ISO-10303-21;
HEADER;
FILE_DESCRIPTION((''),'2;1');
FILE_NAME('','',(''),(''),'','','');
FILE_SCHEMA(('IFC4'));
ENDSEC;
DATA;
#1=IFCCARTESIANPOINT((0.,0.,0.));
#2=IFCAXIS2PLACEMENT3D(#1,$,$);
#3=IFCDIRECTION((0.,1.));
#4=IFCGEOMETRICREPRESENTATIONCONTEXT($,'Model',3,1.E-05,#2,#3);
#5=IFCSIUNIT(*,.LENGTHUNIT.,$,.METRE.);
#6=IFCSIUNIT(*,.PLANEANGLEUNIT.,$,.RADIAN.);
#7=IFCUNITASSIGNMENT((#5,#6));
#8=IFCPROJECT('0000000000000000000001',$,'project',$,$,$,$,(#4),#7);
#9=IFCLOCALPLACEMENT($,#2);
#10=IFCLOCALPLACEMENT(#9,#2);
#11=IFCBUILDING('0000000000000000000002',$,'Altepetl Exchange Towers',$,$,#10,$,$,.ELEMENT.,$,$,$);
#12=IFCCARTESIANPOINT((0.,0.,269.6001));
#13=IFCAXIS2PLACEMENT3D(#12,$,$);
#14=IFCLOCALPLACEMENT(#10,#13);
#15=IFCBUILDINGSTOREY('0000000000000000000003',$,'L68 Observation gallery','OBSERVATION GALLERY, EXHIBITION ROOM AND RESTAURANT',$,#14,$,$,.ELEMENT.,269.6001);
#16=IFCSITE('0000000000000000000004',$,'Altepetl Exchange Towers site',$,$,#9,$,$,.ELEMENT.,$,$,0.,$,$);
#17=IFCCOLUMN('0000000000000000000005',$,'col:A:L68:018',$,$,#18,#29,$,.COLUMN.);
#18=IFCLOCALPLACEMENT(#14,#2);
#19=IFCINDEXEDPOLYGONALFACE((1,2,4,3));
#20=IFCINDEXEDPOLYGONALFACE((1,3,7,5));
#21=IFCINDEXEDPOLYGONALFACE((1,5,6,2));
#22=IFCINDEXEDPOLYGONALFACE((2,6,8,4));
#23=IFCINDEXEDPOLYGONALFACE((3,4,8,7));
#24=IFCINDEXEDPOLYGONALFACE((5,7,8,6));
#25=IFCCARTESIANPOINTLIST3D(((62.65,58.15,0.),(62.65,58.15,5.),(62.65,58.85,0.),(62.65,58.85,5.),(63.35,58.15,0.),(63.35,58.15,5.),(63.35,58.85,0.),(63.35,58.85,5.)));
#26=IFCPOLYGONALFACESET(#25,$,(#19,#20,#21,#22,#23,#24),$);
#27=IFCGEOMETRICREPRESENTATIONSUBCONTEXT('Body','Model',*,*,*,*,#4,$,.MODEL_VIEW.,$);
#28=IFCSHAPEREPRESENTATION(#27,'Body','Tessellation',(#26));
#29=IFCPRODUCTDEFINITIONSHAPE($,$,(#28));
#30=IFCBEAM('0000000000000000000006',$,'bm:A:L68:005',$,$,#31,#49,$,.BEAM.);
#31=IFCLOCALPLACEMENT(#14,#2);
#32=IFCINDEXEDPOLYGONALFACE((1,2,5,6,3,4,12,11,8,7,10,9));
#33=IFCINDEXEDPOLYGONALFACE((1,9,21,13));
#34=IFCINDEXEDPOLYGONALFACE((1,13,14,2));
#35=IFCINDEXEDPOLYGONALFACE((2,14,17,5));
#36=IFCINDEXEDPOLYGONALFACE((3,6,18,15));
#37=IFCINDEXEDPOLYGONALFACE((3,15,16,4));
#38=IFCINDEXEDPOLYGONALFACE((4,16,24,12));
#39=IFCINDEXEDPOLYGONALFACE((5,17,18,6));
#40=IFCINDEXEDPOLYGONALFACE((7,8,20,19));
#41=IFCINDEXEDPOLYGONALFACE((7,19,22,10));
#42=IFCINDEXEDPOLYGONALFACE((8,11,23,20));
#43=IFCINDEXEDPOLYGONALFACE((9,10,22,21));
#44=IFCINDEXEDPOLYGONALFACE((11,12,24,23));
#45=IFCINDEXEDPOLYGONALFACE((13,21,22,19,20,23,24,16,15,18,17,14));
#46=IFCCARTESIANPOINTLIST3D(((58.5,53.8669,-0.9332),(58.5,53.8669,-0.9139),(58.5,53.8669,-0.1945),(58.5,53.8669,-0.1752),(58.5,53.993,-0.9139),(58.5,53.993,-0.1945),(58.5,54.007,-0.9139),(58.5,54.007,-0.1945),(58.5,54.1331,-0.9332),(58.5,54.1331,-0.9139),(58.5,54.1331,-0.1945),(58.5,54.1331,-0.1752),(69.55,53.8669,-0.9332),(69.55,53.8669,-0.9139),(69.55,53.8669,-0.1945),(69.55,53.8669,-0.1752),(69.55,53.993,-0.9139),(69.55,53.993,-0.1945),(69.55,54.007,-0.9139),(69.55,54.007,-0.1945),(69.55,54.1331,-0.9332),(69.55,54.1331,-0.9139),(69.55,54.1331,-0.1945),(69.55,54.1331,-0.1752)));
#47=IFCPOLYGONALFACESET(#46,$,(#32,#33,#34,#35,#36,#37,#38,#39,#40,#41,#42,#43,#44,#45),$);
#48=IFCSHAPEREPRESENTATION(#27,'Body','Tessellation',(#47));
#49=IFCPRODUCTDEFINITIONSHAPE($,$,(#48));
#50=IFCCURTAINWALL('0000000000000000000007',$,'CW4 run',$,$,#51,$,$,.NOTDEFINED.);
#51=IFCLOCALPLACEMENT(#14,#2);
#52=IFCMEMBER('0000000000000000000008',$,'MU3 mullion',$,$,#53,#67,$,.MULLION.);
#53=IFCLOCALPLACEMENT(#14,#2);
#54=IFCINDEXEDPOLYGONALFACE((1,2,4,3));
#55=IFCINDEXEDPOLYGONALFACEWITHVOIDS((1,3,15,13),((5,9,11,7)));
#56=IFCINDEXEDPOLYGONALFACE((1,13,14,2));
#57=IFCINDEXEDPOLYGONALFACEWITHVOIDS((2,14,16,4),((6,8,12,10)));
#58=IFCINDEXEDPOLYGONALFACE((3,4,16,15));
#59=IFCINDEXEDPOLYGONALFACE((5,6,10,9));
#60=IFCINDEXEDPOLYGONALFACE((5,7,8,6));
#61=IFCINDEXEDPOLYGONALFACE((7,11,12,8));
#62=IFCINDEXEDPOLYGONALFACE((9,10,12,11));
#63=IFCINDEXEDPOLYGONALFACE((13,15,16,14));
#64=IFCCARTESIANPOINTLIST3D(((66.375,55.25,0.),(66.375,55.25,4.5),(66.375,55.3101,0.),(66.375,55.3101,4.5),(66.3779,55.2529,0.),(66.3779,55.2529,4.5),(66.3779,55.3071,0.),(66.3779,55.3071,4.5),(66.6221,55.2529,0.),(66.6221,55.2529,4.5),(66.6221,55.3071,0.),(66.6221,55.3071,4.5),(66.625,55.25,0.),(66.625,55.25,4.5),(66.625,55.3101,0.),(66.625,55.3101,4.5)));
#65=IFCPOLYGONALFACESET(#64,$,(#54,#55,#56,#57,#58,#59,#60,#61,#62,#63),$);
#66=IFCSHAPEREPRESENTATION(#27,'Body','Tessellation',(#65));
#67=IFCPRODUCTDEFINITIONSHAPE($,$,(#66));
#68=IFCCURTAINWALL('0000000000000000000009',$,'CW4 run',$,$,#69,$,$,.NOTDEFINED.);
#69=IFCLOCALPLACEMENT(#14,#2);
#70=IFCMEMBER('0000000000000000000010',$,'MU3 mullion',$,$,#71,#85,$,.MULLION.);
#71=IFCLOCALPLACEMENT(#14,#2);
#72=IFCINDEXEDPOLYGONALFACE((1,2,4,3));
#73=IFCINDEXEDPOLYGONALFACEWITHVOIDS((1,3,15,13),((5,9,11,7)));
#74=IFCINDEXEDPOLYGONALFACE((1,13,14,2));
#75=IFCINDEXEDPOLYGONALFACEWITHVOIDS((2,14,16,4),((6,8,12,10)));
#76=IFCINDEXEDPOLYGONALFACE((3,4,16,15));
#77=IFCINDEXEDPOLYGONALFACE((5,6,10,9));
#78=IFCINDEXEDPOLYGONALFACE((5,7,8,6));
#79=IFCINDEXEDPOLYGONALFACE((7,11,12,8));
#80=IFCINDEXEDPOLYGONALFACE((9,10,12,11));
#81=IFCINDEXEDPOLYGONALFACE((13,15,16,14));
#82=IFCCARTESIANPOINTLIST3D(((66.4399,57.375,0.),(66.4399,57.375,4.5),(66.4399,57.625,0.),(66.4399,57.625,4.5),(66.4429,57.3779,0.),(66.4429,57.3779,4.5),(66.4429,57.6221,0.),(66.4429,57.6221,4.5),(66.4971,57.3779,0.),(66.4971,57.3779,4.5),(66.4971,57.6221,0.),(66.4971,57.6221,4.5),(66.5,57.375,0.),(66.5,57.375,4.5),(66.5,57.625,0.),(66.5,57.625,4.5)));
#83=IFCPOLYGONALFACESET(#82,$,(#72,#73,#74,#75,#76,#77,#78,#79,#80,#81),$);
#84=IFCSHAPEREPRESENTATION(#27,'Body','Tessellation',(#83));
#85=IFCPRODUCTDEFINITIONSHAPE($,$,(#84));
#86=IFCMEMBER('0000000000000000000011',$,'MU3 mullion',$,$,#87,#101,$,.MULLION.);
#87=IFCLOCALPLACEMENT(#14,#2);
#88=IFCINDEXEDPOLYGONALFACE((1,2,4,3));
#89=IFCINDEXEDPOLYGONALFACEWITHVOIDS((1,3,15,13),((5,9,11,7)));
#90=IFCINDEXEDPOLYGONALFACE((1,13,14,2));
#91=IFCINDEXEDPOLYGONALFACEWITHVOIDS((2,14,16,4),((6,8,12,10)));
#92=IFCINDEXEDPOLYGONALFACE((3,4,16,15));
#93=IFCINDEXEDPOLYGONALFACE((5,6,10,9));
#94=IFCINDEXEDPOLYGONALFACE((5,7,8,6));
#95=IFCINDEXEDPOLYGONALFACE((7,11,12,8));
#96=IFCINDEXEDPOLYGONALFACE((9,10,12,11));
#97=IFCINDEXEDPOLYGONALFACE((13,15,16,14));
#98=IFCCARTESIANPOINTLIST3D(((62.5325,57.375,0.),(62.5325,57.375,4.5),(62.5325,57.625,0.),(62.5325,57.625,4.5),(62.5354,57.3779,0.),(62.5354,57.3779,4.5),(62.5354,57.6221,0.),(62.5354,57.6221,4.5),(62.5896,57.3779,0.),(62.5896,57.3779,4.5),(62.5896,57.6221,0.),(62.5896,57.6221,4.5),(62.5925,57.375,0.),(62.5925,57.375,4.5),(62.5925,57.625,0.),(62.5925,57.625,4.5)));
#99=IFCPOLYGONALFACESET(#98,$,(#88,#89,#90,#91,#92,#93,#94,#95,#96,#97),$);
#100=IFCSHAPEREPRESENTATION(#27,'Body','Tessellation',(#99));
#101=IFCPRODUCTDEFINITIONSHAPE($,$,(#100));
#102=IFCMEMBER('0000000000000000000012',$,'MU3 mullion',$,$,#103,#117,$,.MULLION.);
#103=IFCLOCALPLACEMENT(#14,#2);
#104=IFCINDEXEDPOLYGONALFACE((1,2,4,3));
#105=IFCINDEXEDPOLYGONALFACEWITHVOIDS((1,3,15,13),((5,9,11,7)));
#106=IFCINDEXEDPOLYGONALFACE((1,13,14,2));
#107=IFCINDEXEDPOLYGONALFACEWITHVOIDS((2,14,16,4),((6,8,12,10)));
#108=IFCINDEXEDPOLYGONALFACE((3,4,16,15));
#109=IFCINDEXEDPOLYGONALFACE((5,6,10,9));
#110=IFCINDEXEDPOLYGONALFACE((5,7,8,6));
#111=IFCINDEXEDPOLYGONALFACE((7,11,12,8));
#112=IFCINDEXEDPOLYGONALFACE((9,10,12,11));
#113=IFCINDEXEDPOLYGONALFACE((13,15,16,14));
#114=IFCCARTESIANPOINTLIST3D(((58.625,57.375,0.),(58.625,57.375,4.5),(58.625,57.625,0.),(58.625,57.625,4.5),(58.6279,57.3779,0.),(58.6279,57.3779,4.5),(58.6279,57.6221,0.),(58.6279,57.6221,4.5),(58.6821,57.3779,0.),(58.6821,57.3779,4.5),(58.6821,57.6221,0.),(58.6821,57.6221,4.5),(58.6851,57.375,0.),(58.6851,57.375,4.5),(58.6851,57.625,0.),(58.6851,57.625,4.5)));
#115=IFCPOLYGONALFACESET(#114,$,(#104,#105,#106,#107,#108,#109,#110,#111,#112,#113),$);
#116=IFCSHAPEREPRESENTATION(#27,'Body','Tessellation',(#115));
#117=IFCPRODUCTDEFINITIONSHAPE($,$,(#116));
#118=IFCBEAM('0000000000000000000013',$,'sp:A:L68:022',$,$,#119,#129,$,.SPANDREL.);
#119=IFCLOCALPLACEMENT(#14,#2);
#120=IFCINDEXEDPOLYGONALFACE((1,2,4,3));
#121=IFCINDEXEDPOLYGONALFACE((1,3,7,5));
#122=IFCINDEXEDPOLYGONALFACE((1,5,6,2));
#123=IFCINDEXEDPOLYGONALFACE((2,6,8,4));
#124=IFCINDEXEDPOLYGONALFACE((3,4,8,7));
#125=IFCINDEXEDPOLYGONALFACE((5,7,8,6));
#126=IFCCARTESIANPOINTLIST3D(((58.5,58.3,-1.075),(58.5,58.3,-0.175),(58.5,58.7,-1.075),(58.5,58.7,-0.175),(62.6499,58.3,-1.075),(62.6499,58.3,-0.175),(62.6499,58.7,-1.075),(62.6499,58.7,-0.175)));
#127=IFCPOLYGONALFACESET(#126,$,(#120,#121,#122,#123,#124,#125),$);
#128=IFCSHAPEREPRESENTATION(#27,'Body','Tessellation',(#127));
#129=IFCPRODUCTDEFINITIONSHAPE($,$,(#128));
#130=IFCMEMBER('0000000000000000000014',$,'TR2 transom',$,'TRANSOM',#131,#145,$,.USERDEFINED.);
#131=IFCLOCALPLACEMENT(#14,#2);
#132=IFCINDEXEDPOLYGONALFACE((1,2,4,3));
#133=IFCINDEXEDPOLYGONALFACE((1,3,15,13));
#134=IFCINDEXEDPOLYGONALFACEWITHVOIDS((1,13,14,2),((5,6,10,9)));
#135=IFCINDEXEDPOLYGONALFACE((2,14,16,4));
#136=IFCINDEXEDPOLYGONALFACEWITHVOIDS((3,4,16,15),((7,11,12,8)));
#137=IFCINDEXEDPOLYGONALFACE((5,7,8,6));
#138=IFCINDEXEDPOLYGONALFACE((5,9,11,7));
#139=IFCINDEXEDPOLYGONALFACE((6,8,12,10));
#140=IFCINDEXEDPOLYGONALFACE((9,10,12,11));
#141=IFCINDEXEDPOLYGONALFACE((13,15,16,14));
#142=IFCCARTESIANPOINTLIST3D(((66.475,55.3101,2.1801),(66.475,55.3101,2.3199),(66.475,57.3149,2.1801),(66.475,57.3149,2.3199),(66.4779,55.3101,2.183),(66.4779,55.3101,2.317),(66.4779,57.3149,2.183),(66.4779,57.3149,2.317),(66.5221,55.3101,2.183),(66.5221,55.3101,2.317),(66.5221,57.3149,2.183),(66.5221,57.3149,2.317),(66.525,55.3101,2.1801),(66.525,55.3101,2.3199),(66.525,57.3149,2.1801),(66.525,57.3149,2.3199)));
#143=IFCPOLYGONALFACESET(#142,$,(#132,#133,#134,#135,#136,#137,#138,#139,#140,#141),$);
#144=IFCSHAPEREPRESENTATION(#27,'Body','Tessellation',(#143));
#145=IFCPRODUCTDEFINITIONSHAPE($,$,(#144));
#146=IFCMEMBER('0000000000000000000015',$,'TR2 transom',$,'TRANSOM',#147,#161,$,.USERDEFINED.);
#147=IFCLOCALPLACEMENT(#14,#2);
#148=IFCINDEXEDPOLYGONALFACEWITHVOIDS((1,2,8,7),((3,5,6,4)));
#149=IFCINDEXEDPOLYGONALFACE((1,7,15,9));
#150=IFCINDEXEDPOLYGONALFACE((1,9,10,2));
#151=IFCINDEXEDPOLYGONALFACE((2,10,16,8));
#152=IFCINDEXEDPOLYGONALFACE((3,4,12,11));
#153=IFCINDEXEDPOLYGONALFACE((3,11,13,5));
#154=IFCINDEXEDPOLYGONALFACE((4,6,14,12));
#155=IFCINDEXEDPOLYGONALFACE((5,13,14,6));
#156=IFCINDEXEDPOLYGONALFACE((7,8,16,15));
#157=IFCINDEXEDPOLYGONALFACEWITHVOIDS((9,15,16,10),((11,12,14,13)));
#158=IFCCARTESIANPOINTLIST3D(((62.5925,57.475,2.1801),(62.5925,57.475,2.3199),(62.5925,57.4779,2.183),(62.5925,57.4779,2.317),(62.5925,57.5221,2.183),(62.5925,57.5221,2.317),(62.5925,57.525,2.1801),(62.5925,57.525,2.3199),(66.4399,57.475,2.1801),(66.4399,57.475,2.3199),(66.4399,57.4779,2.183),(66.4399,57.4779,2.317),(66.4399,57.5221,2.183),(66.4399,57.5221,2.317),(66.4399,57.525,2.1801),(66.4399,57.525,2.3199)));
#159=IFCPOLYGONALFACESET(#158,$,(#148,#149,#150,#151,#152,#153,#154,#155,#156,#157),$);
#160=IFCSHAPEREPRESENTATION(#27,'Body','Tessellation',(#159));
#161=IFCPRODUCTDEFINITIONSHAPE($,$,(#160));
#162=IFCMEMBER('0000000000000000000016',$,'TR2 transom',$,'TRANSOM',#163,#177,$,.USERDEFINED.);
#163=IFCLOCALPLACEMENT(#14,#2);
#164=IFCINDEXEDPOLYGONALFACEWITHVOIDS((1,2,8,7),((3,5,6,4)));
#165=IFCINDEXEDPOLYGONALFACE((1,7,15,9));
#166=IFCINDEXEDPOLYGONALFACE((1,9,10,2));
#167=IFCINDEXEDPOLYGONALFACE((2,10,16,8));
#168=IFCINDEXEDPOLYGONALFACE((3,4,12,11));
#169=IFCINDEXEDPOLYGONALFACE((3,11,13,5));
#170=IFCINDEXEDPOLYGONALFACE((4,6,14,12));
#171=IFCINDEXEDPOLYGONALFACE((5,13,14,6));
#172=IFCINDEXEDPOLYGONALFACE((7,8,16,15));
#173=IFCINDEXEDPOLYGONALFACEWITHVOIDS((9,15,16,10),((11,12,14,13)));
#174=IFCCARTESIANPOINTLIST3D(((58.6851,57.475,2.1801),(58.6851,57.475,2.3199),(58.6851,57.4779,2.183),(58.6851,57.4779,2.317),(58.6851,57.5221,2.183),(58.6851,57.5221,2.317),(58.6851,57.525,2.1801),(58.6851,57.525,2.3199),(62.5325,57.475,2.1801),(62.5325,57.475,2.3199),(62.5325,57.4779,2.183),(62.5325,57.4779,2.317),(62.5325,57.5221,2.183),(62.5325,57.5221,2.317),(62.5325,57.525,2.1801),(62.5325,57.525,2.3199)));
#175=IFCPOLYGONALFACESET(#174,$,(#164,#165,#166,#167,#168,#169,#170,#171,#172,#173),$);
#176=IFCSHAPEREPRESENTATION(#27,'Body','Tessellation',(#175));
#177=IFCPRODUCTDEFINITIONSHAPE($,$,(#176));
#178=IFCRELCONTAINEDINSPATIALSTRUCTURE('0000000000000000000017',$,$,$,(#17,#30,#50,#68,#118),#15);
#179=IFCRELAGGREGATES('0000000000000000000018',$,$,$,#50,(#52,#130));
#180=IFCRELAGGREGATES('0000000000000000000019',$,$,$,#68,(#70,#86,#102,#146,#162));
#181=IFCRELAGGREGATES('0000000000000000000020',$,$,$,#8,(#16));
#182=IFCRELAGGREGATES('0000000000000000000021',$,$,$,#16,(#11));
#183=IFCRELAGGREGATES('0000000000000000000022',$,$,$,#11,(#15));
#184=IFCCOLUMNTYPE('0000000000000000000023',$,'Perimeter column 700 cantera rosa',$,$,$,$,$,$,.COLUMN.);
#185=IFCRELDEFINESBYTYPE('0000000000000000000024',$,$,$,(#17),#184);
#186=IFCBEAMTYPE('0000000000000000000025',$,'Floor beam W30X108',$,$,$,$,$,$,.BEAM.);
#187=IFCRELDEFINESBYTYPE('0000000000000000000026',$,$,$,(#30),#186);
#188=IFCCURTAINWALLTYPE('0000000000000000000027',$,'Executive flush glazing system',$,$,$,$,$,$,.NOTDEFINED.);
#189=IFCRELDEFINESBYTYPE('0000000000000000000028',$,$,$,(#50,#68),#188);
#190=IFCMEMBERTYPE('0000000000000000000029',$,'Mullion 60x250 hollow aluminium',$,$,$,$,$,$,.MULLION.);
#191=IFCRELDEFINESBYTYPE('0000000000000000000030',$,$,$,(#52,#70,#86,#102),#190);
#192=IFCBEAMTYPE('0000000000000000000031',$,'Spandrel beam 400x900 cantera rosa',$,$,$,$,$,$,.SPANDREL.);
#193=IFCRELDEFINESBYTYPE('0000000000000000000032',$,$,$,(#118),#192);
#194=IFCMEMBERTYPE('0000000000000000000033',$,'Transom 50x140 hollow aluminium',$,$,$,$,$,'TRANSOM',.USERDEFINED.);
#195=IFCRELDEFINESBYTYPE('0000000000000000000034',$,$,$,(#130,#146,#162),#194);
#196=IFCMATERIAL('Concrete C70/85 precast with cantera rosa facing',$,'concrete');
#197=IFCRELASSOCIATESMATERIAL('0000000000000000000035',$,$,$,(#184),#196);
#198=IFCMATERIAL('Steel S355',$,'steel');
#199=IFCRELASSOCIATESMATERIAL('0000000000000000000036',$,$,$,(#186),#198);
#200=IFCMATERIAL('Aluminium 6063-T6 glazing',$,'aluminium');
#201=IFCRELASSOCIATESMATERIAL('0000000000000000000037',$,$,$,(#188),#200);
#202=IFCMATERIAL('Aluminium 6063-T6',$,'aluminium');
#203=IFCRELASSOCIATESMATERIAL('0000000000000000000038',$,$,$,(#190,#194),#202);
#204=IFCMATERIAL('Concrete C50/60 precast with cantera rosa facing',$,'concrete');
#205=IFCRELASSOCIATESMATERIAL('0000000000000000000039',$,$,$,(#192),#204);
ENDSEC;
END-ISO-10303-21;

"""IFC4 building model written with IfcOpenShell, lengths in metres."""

from ifc_helpers import new_model, si_unit, direction, frame, origin, origin_2d, place, context, subcontext, project, spatial, rectangle, hollow_rectangle, i_section, extrude, material, material_profile, profile_set, type_object, element, aggregate, save


model = new_model("IFC4")

# Units and contexts
model_context = context("Model", 3, precision=1e-05, world=origin(), true_north=direction((0.0, 1.0)))
body_context = subcontext(model_context, "Body", "Model", "MODEL_VIEW")
ifc_project = project(units=[si_unit("LENGTHUNIT", "METRE"), si_unit("PLANEANGLEUNIT", "RADIAN")], contexts=[model_context])

# Site, building, storey
site_placement = place(None, origin())
site = spatial("IfcSite", under=ifc_project, at=site_placement, Name="Altepetl Exchange Towers site", CompositionType="ELEMENT", RefElevation=0.0)
building_placement = place(site_placement, origin())
building = spatial("IfcBuilding", under=site, at=building_placement, Name="Altepetl Exchange Towers", CompositionType="ELEMENT")
storey_placement = place(building_placement, frame((0.0, 0.0, 269.6001)))
storey = spatial("IfcBuildingStorey", under=building, at=storey_placement, Name="L68 Observation gallery", Description="OBSERVATION GALLERY, EXHIBITION ROOM AND RESTAURANT", CompositionType="ELEMENT", Elevation=269.6001)

# Column
ifc_material_1 = material(Name="Concrete C70/85 precast with cantera rosa facing", Category="concrete")
ifc_material_profile_1 = material_profile(ifc_material_1, rectangle(XDim=0.7, YDim=0.7, at=origin_2d()), Name="700 x 700")
ifc_profile_set_1 = profile_set([ifc_material_profile_1], Name="Concrete C70/85 precast with cantera rosa facing")
column_type = type_object("IfcColumnType", Name="Perimeter column 700 cantera rosa", PredefinedType="COLUMN", material=ifc_profile_set_1)
column_placement = place(storey_placement, frame((63.0, 58.5, 0.0)))
element("IfcColumn", 1, at=column_placement, inside=storey, type_object=column_type, Name="col:A:L68:018", PredefinedType="COLUMN", context=body_context, shape_type="SweptSolid", body=[
    extrude(rectangle(XDim=0.7, YDim=0.7, at=origin_2d()), origin(), (0.0, 0.0, 1.0), 5.0),
])

# Beam
ifc_material_2 = material(Name="Steel S355", Category="steel")
ifc_material_profile_2 = material_profile(ifc_material_2, i_section(OverallWidth=0.2661, OverallDepth=0.7581, WebThickness=0.0139, FlangeThickness=0.0193, at=origin_2d()), Name="W30X108")
ifc_profile_set_2 = profile_set([ifc_material_profile_2], Name="Steel S355")
beam_type_1 = type_object("IfcBeamType", Name="Floor beam W30X108", PredefinedType="BEAM", material=ifc_profile_set_2)
beam_1_placement = place(storey_placement, frame((58.5, 54.0, -0.5542), z_axis=(1.0, 0.0, 0.0), x_axis=(0.0, 1.0, 0.0)))
element("IfcBeam", 2, at=beam_1_placement, inside=storey, type_object=beam_type_1, Name="bm:A:L68:005", PredefinedType="BEAM", context=body_context, shape_type="SweptSolid", body=[
    extrude(i_section(OverallWidth=0.2661, OverallDepth=0.7581, WebThickness=0.0139, FlangeThickness=0.0193, at=origin_2d()), origin(), (0.0, 0.0, 1.0), 11.05),
])

# Curtain wall, member
ifc_material_3 = material(Name="Aluminium 6063-T6 glazing", Category="aluminium")
curtain_wall_type = type_object("IfcCurtainWallType", Name="Executive flush glazing system", PredefinedType="NOTDEFINED", material=ifc_material_3)
curtain_wall_1_placement = place(storey_placement, origin())
curtain_wall_1 = element("IfcCurtainWall", 3, at=curtain_wall_1_placement, inside=storey, type_object=curtain_wall_type, Name="CW4 run", PredefinedType="NOTDEFINED")
ifc_material_4 = material(Name="Aluminium 6063-T6", Category="aluminium")
ifc_material_profile_3 = material_profile(ifc_material_4, hollow_rectangle(XDim=0.0601, YDim=0.25, WallThickness=0.0029, at=origin_2d()), Name="Mullion 60x250 hollow aluminium")
ifc_profile_set_3 = profile_set([ifc_material_profile_3], Name="Aluminium 6063-T6")
member_type_1 = type_object("IfcMemberType", Name="Mullion 60x250 hollow aluminium", PredefinedType="MULLION", material=ifc_profile_set_3)
member_1_placement = place(storey_placement, frame((66.5, 55.28, 0.0), z_axis=(0.0, 0.0, 1.0), x_axis=(0.0, 1.0, 0.0)))
member_1 = element("IfcMember", 4, at=member_1_placement, type_object=member_type_1, Name="MU3 mullion", PredefinedType="MULLION", context=body_context, shape_type="SweptSolid", body=[
    extrude(hollow_rectangle(XDim=0.0601, YDim=0.25, WallThickness=0.0029, at=origin_2d()), origin(), (0.0, 0.0, 1.0), 4.5),
])

# Curtain wall, members
curtain_wall_2_placement = place(storey_placement, origin())
curtain_wall_2 = element("IfcCurtainWall", 5, at=curtain_wall_2_placement, inside=storey, type_object=curtain_wall_type, Name="CW4 run", PredefinedType="NOTDEFINED")
member_2_placement = place(storey_placement, frame((66.47, 57.5, 0.0), z_axis=(0.0, 0.0, 1.0), x_axis=(-1.0, 0.0, 0.0)))
member_2 = element("IfcMember", 6, at=member_2_placement, type_object=member_type_1, Name="MU3 mullion", PredefinedType="MULLION", context=body_context, shape_type="SweptSolid", body=[
    extrude(hollow_rectangle(XDim=0.0601, YDim=0.25, WallThickness=0.0029, at=origin_2d()), origin(), (0.0, 0.0, 1.0), 4.5),
])
member_3_placement = place(storey_placement, frame((62.5625, 57.5, 0.0), z_axis=(0.0, 0.0, 1.0), x_axis=(-1.0, 0.0, 0.0)))
member_3 = element("IfcMember", 7, at=member_3_placement, type_object=member_type_1, Name="MU3 mullion", PredefinedType="MULLION", context=body_context, shape_type="SweptSolid", body=[
    extrude(hollow_rectangle(XDim=0.0601, YDim=0.25, WallThickness=0.0029, at=origin_2d()), origin(), (0.0, 0.0, 1.0), 4.5),
])
member_4_placement = place(storey_placement, frame((58.655, 57.5, 0.0), z_axis=(0.0, 0.0, 1.0), x_axis=(-1.0, 0.0, 0.0)))
member_4 = element("IfcMember", 8, at=member_4_placement, type_object=member_type_1, Name="MU3 mullion", PredefinedType="MULLION", context=body_context, shape_type="SweptSolid", body=[
    extrude(hollow_rectangle(XDim=0.0601, YDim=0.25, WallThickness=0.0029, at=origin_2d()), origin(), (0.0, 0.0, 1.0), 4.5),
])

# Beam
ifc_material_5 = material(Name="Concrete C50/60 precast with cantera rosa facing", Category="concrete")
ifc_material_profile_4 = material_profile(ifc_material_5, rectangle(XDim=0.3999, YDim=0.8999, at=origin_2d()), Name="400 x 900")
ifc_profile_set_4 = profile_set([ifc_material_profile_4], Name="Concrete C50/60 precast with cantera rosa facing")
beam_type_2 = type_object("IfcBeamType", Name="Spandrel beam 400x900 cantera rosa", PredefinedType="SPANDREL", material=ifc_profile_set_4)
beam_2_placement = place(storey_placement, frame((62.6499, 58.5, -0.625), z_axis=(-1.0, 0.0, 0.0), x_axis=(0.0, -1.0, 0.0)))
element("IfcBeam", 9, at=beam_2_placement, inside=storey, type_object=beam_type_2, Name="sp:A:L68:022", PredefinedType="SPANDREL", context=body_context, shape_type="SweptSolid", body=[
    extrude(rectangle(XDim=0.3999, YDim=0.8999, at=origin_2d()), origin(), (0.0, 0.0, 1.0), 4.1499),
])

# Members
ifc_material_profile_5 = material_profile(ifc_material_4, hollow_rectangle(XDim=0.05, YDim=0.1399, WallThickness=0.0029, at=origin_2d()), Name="Transom 50x140 hollow aluminium")
ifc_profile_set_5 = profile_set([ifc_material_profile_5], Name="Aluminium 6063-T6")
member_type_2 = type_object("IfcMemberType", Name="Transom 50x140 hollow aluminium", ElementType="TRANSOM", PredefinedType="USERDEFINED", material=ifc_profile_set_5)
member_5_placement = place(storey_placement, frame((66.5, 55.3101, 2.25), z_axis=(0.0, 1.0, 0.0), x_axis=(-1.0, 0.0, 0.0)))
member_5 = element("IfcMember", 10, at=member_5_placement, type_object=member_type_2, Name="TR2 transom", ObjectType="TRANSOM", PredefinedType="USERDEFINED", context=body_context, shape_type="SweptSolid", body=[
    extrude(hollow_rectangle(XDim=0.05, YDim=0.1399, WallThickness=0.0029, at=origin_2d()), origin(), (0.0, 0.0, 1.0), 2.0049),
])
aggregate(curtain_wall_1, [member_1, member_5])
member_6_placement = place(storey_placement, frame((66.4399, 57.5, 2.25), z_axis=(-1.0, 0.0, 0.0), x_axis=(0.0, -1.0, 0.0)))
member_6 = element("IfcMember", 11, at=member_6_placement, type_object=member_type_2, Name="TR2 transom", ObjectType="TRANSOM", PredefinedType="USERDEFINED", context=body_context, shape_type="SweptSolid", body=[
    extrude(hollow_rectangle(XDim=0.05, YDim=0.1399, WallThickness=0.0029, at=origin_2d()), origin(), (0.0, 0.0, 1.0), 3.8474),
])
member_7_placement = place(storey_placement, frame((62.5325, 57.5, 2.25), z_axis=(-1.0, 0.0, 0.0), x_axis=(0.0, -1.0, 0.0)))
member_7 = element("IfcMember", 12, at=member_7_placement, type_object=member_type_2, Name="TR2 transom", ObjectType="TRANSOM", PredefinedType="USERDEFINED", context=body_context, shape_type="SweptSolid", body=[
    extrude(hollow_rectangle(XDim=0.05, YDim=0.1399, WallThickness=0.0029, at=origin_2d()), origin(), (0.0, 0.0, 1.0), 3.8474),
])

aggregate(curtain_wall_2, [member_2, member_3, member_4, member_6, member_7])

save(model, "model.ifc")
